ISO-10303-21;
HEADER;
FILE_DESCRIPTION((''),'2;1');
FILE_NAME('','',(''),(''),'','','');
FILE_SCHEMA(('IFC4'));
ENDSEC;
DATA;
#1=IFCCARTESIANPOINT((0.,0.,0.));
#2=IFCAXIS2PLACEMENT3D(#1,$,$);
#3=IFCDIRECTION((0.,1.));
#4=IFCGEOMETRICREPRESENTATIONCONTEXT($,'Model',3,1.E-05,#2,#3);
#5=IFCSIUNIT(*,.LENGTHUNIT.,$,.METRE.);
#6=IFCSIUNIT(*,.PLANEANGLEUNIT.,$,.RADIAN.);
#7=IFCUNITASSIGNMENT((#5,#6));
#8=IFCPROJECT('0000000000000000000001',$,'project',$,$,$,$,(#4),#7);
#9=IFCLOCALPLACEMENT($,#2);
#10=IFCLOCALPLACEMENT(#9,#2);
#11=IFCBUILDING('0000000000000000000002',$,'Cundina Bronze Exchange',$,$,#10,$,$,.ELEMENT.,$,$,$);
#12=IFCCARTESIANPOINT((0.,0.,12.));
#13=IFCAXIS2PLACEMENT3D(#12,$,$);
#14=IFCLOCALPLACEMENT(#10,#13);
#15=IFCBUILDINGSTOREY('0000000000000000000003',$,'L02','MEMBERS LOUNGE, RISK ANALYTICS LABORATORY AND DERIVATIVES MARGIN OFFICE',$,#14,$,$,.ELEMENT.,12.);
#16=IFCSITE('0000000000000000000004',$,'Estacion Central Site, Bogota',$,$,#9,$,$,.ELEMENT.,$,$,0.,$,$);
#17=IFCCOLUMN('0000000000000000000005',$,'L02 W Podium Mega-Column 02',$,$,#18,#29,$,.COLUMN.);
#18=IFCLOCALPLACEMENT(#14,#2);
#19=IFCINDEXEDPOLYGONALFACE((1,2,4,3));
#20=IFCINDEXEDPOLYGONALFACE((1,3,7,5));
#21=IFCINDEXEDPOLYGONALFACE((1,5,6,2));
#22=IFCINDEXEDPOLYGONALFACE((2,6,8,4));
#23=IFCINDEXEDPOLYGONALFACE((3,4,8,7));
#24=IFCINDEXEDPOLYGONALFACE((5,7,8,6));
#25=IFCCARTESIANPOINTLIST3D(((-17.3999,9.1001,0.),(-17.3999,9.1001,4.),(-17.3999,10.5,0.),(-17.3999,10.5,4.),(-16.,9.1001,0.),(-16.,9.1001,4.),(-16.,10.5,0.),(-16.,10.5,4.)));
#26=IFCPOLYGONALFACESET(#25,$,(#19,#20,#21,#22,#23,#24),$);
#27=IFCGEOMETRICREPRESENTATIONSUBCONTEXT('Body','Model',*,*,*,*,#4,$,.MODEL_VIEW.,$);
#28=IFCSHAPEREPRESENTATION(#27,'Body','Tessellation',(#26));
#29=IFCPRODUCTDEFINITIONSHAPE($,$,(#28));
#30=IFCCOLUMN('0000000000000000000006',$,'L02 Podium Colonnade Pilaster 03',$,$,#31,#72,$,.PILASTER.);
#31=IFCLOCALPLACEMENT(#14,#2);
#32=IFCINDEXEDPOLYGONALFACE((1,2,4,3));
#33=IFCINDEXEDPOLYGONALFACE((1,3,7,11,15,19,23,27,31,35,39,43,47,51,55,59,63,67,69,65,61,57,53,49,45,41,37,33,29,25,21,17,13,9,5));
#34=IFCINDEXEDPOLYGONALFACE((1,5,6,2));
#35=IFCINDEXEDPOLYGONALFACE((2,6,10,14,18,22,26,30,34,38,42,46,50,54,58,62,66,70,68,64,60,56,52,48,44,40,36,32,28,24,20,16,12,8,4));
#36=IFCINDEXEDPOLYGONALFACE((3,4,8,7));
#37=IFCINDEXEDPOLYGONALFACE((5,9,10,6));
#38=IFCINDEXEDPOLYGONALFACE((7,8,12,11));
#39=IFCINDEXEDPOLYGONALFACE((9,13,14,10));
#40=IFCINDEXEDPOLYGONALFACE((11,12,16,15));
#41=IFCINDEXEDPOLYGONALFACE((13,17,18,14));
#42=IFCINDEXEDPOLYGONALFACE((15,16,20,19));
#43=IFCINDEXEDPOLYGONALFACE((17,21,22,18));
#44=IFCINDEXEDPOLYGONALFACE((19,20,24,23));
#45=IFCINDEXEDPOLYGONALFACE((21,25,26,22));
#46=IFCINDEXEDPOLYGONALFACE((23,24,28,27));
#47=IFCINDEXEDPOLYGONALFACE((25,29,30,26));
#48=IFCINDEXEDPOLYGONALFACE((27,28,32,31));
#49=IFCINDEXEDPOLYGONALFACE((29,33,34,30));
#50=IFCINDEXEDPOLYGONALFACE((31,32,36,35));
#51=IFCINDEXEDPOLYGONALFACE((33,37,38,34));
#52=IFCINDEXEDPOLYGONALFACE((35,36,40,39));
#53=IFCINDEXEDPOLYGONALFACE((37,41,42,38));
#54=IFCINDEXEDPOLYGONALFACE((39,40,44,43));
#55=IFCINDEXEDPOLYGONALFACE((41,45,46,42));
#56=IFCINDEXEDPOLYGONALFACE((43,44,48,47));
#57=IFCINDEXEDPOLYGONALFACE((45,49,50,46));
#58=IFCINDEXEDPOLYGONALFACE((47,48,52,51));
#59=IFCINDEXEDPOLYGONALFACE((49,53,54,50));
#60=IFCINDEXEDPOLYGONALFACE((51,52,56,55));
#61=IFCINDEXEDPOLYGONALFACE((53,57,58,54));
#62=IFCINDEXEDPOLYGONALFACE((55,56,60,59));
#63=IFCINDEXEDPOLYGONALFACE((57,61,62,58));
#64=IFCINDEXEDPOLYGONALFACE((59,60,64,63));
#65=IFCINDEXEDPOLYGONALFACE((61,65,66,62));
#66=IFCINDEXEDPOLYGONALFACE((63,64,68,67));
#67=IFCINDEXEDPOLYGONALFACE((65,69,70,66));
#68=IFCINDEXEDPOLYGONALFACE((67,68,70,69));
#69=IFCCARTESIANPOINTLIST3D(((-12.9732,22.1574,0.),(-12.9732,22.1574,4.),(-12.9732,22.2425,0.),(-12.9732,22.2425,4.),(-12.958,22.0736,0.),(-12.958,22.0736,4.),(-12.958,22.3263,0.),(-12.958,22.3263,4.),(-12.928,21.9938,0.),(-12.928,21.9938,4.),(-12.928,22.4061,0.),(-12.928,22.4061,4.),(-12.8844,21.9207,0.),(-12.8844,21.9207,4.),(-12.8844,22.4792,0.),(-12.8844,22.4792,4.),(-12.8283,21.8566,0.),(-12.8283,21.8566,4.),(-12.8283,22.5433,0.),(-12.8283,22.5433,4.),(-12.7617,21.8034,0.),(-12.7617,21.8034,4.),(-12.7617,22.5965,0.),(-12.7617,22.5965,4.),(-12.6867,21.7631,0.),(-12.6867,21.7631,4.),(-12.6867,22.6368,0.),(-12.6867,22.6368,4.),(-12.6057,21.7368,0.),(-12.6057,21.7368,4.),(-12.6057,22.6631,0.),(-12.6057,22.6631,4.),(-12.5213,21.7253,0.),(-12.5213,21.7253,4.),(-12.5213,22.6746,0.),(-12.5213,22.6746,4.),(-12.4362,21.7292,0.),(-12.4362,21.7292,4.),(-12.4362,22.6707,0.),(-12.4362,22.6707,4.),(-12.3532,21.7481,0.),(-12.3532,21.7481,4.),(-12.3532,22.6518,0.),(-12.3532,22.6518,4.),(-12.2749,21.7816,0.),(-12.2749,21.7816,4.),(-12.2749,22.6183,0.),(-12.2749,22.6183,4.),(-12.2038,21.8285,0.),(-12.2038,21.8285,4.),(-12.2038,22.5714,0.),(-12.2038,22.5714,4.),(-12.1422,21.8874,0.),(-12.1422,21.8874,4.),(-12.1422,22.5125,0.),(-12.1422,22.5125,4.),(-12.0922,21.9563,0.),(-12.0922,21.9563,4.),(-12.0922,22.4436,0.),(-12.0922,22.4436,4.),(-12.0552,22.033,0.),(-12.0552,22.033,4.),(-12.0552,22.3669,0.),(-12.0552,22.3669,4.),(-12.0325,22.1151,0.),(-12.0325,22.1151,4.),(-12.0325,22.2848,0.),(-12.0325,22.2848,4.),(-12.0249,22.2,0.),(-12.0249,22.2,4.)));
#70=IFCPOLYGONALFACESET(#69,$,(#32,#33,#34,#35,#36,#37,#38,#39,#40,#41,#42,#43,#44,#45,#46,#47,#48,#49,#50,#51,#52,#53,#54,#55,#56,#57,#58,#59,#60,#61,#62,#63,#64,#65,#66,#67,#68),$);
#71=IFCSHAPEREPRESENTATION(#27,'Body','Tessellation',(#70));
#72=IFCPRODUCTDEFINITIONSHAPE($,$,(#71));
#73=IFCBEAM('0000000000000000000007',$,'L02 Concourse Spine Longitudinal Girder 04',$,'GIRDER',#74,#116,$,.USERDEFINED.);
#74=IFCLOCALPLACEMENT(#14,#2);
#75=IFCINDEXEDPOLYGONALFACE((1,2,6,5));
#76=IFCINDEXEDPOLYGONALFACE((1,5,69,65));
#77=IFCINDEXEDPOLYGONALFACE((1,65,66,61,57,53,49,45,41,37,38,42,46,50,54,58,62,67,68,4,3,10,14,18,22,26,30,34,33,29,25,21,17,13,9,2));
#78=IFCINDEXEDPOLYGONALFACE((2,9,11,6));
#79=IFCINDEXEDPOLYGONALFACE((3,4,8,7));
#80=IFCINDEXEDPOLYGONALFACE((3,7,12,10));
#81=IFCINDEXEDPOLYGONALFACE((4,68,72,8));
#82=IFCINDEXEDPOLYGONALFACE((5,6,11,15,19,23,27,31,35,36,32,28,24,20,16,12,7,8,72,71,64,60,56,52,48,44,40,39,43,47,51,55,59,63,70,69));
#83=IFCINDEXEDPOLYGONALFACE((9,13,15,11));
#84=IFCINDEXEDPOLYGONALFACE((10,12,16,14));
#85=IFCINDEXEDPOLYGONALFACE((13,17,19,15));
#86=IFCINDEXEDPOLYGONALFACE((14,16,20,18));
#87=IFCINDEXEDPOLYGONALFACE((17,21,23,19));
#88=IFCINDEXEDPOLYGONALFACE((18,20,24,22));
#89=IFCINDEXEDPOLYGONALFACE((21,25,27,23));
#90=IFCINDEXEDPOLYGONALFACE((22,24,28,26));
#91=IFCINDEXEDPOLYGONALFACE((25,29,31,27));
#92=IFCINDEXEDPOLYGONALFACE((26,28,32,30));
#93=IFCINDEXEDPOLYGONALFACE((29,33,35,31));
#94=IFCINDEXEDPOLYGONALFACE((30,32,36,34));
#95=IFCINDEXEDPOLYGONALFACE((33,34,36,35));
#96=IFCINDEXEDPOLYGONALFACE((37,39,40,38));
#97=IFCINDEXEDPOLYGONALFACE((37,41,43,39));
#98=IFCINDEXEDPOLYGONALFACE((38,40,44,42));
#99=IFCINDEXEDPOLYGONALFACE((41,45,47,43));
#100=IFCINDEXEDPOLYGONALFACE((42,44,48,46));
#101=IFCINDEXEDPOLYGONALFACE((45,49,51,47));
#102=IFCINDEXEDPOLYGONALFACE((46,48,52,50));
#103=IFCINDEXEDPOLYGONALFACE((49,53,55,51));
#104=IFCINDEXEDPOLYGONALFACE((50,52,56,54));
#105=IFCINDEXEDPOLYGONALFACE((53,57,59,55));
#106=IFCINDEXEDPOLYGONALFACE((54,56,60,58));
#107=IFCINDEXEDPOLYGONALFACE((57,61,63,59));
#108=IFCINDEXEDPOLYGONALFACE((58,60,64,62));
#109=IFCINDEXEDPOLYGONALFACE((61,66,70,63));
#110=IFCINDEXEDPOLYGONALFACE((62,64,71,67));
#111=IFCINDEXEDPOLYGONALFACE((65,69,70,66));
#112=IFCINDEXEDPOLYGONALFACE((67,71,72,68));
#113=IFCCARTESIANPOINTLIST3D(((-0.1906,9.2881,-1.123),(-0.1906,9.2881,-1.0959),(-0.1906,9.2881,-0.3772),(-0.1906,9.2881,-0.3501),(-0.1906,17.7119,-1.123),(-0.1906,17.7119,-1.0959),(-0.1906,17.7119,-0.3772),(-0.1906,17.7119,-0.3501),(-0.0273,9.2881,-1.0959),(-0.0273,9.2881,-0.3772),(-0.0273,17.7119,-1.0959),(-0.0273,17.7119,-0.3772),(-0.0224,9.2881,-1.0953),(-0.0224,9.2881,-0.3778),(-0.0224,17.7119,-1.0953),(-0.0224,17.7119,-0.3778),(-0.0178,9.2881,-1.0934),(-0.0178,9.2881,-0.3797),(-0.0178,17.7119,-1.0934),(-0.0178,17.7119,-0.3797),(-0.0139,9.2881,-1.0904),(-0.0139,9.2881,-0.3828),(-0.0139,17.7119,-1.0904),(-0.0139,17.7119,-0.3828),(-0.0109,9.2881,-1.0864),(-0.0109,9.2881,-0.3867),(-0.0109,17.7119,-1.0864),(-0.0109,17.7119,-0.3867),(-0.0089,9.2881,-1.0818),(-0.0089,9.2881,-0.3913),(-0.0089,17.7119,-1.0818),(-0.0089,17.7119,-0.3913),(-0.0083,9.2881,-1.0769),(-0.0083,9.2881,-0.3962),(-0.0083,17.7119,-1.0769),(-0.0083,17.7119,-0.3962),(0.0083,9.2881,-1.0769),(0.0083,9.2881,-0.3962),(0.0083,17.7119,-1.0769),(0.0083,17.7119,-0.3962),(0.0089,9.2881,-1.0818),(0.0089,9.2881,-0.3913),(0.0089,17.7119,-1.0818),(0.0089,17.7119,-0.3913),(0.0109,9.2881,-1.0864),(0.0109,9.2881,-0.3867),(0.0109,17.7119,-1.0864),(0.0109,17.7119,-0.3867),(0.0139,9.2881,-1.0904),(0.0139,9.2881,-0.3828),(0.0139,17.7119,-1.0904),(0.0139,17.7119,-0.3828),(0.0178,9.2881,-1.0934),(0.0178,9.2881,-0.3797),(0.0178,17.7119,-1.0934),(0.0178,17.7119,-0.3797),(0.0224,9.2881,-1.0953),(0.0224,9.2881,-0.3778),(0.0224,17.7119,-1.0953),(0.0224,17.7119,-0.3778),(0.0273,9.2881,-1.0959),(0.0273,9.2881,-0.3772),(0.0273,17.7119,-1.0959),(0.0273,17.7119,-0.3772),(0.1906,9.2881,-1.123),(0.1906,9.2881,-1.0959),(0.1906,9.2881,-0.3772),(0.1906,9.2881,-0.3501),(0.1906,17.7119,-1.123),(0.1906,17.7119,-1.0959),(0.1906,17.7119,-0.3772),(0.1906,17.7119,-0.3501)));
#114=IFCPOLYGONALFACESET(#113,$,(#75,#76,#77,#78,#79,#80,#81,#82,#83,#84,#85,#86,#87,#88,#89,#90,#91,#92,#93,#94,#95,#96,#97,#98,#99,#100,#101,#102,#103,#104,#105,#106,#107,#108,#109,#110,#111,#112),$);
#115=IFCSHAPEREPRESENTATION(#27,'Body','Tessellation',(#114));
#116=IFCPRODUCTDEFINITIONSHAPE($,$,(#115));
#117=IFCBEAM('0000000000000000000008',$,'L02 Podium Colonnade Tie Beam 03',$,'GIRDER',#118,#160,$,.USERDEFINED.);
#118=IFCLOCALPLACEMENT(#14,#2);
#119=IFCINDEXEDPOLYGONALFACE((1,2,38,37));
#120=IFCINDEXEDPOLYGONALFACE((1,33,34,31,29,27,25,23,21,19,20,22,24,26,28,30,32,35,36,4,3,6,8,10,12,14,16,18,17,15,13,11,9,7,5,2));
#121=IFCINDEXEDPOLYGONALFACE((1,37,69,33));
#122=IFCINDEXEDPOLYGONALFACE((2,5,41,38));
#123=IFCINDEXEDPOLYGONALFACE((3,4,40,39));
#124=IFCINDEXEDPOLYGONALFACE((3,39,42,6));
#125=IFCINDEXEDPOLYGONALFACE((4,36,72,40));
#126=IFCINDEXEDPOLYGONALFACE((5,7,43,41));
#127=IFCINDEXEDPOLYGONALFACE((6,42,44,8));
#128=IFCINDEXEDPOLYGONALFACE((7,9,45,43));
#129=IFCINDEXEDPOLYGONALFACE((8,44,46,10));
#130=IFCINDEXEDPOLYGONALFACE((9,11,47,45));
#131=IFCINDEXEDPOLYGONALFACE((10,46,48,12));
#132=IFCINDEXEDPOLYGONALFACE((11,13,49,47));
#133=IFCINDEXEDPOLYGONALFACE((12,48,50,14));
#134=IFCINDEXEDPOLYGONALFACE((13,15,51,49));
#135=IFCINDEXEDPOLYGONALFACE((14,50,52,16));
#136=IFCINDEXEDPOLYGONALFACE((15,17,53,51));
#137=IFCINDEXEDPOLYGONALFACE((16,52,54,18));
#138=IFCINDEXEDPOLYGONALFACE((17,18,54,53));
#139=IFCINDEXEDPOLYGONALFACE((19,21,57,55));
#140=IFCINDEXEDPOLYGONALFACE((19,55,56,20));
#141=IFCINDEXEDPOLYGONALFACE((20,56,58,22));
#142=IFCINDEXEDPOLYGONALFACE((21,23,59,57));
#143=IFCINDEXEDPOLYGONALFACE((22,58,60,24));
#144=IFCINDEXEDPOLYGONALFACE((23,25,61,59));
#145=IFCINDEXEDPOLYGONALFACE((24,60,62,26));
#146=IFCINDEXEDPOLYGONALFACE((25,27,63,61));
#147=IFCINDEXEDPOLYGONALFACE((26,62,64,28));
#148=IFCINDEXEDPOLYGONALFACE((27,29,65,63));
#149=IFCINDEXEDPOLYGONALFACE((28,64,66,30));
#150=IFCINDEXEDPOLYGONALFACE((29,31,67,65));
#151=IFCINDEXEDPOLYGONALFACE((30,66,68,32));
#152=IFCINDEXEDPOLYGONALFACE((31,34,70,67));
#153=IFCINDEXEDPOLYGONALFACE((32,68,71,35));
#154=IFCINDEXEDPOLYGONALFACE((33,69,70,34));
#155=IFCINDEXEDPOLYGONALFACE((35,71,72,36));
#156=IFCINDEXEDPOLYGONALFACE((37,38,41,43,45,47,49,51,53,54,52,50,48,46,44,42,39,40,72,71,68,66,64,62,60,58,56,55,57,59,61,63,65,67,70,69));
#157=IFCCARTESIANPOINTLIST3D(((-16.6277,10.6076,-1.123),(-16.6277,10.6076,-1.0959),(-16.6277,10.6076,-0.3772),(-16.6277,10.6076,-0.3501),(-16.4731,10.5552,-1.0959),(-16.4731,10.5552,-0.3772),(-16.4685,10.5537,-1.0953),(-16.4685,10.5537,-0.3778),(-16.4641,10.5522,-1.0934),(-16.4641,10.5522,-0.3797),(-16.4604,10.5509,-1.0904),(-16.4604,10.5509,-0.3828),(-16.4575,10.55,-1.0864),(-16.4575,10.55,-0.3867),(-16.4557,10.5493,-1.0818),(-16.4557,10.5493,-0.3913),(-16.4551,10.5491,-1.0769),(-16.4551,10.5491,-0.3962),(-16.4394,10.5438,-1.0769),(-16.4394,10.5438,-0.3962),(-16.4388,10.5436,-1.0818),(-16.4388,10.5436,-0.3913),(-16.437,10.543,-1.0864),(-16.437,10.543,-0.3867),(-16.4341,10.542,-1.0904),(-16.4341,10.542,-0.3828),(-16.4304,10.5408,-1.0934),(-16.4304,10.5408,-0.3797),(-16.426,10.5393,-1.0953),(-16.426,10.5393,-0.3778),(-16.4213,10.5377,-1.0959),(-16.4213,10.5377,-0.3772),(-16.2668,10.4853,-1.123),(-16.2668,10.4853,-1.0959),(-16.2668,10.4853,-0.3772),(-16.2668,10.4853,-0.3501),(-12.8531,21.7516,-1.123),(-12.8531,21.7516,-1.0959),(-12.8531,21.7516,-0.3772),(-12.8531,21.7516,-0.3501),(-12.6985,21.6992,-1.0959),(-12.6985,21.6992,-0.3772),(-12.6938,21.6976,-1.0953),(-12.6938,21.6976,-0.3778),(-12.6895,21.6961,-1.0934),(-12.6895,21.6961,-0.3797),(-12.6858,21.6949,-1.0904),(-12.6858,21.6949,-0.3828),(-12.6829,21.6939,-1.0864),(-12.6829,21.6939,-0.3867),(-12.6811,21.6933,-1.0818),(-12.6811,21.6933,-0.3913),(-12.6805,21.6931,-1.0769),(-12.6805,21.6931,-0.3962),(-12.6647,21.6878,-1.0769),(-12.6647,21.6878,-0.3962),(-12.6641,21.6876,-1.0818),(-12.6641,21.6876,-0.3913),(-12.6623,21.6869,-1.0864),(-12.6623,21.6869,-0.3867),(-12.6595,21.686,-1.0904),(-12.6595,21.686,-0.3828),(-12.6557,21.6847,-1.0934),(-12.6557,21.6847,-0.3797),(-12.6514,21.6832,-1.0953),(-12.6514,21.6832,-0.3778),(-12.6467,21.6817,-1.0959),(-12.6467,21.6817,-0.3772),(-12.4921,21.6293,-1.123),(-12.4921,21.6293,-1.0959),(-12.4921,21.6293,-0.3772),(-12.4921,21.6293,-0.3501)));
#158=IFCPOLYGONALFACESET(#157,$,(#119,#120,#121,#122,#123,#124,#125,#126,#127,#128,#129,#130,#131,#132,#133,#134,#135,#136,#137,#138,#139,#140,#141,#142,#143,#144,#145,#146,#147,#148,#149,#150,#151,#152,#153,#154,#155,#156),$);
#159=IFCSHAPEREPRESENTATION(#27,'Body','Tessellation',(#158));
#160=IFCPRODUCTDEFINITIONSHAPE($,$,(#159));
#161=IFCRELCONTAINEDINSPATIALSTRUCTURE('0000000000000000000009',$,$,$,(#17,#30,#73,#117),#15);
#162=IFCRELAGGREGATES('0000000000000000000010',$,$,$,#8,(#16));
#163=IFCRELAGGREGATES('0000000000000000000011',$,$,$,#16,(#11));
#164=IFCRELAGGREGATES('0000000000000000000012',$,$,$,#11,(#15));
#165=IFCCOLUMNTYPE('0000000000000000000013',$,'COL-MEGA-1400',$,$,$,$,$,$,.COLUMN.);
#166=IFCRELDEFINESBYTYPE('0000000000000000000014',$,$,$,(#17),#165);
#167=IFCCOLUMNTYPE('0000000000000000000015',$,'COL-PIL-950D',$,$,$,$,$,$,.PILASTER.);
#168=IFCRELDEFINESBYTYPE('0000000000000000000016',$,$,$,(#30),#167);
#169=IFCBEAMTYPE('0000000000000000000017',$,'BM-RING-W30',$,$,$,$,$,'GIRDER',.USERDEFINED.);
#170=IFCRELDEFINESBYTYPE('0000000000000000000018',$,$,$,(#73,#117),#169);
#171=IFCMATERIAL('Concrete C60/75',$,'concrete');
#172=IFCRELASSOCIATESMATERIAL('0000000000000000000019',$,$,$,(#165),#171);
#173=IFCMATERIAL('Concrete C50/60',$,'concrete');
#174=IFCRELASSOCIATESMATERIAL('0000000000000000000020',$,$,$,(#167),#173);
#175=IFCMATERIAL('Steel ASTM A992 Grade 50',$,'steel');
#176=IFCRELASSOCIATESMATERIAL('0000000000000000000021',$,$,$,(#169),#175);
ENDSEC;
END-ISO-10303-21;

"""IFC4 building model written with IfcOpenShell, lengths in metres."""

from ifc_helpers import new_model, si_unit, direction, frame, origin, origin_2d, place, context, subcontext, project, spatial, rectangle, circle, i_section, extrude, material, material_profile, profile_set, type_object, element, save


model = new_model("IFC4")

# Units and contexts
model_context = context("Model", 3, precision=1e-05, world=origin(), true_north=direction((0.0, 1.0)))
body_context = subcontext(model_context, "Body", "Model", "MODEL_VIEW")
ifc_project = project(units=[si_unit("LENGTHUNIT", "METRE"), si_unit("PLANEANGLEUNIT", "RADIAN")], contexts=[model_context])

# Site, building, storey
site_placement = place(None, origin())
site = spatial("IfcSite", under=ifc_project, at=site_placement, Name="Estacion Central Site, Bogota", CompositionType="ELEMENT", RefElevation=0.0)
building_placement = place(site_placement, origin())
building = spatial("IfcBuilding", under=site, at=building_placement, Name="Cundina Bronze Exchange", CompositionType="ELEMENT")
storey_placement = place(building_placement, frame((0.0, 0.0, 12.0)))
storey = spatial("IfcBuildingStorey", under=building, at=storey_placement, Name="L02", Description="MEMBERS LOUNGE, RISK ANALYTICS LABORATORY AND DERIVATIVES MARGIN OFFICE", CompositionType="ELEMENT", Elevation=12.0)

# Columns
ifc_material_1 = material(Name="Concrete C60/75", Category="concrete")
ifc_material_profile_1 = material_profile(ifc_material_1, rectangle(XDim=1.3999, YDim=1.3999, at=origin_2d()), Name="RC1400X1400", Category="concrete")
ifc_profile_set_1 = profile_set([ifc_material_profile_1], Name="Concrete C60/75")
column_type_1 = type_object("IfcColumnType", Name="COL-MEGA-1400", PredefinedType="COLUMN", material=ifc_profile_set_1)
column_1_placement = place(storey_placement, frame((-16.7, 9.8, 0.0), z_axis=(0.0, 0.0, 1.0), x_axis=(1.0, 0.0, 0.0)))
element("IfcColumn", 1, at=column_1_placement, inside=storey, type_object=column_type_1, Name="L02 W Podium Mega-Column 02", PredefinedType="COLUMN", context=body_context, shape_type="SweptSolid", body=[
    extrude(rectangle(XDim=1.3999, YDim=1.3999, at=origin_2d()), origin(), (0.0, 0.0, 1.0), 4.0),
])
ifc_material_2 = material(Name="Concrete C50/60", Category="concrete")
ifc_material_profile_2 = material_profile(ifc_material_2, circle(Radius=0.4751, at=origin_2d()), Name="RC950D", Category="concrete")
ifc_profile_set_2 = profile_set([ifc_material_profile_2], Name="Concrete C50/60")
column_type_2 = type_object("IfcColumnType", Name="COL-PIL-950D", PredefinedType="PILASTER", material=ifc_profile_set_2)
column_2_placement = place(storey_placement, frame((-12.5, 22.2, 0.0), z_axis=(0.0, 0.0, 1.0), x_axis=(1.0, 0.0, 0.0)))
element("IfcColumn", 2, at=column_2_placement, inside=storey, type_object=column_type_2, Name="L02 Podium Colonnade Pilaster 03", PredefinedType="PILASTER", context=body_context, shape_type="SweptSolid", body=[
    extrude(circle(Radius=0.4751, at=origin_2d()), origin(), (0.0, 0.0, 1.0), 4.0),
])

# Beams
ifc_material_3 = material(Name="Steel ASTM A992 Grade 50", Category="steel")
ifc_material_profile_3 = material_profile(ifc_material_3, i_section(OverallWidth=0.3811, OverallDepth=0.7729, WebThickness=0.0166, FlangeThickness=0.0271, FilletRadius=0.019, at=origin_2d()), Name="W30X173", Category="steel")
ifc_profile_set_3 = profile_set([ifc_material_profile_3], Name="Steel ASTM A992 Grade 50")
beam_type_1 = type_object("IfcBeamType", Name="BM-RING-W30", ElementType="GIRDER", PredefinedType="USERDEFINED", material=ifc_profile_set_3)
beam_1_placement = place(storey_placement, frame((0.0, 9.2881, -0.7366), z_axis=(0.0, 1.0, 0.0), x_axis=(-1.0, 0.0, 0.0)))
element("IfcBeam", 3, at=beam_1_placement, inside=storey, type_object=beam_type_1, Name="L02 Concourse Spine Longitudinal Girder 04", ObjectType="GIRDER", PredefinedType="USERDEFINED", context=body_context, shape_type="SweptSolid", body=[
    extrude(i_section(OverallWidth=0.3811, OverallDepth=0.7729, WebThickness=0.0166, FlangeThickness=0.0271, FilletRadius=0.019, at=origin_2d()), origin(), (0.0, 0.0, 1.0), 8.4238),
])
beam_2_placement = place(storey_placement, frame((-12.6726, 21.6904, -0.7366), z_axis=(-0.320812, -0.947143, 0.0), x_axis=(0.947143, -0.320812, 0.0)))
element("IfcBeam", 4, at=beam_2_placement, inside=storey, type_object=beam_type_1, Name="L02 Podium Colonnade Tie Beam 03", ObjectType="GIRDER", PredefinedType="USERDEFINED", context=body_context, shape_type="SweptSolid", body=[
    extrude(i_section(OverallWidth=0.3811, OverallDepth=0.7729, WebThickness=0.0166, FlangeThickness=0.0271, FilletRadius=0.019, at=origin_2d()), origin(), (0.0, 0.0, 1.0), 11.7659),
])

save(model, "model.ifc")
